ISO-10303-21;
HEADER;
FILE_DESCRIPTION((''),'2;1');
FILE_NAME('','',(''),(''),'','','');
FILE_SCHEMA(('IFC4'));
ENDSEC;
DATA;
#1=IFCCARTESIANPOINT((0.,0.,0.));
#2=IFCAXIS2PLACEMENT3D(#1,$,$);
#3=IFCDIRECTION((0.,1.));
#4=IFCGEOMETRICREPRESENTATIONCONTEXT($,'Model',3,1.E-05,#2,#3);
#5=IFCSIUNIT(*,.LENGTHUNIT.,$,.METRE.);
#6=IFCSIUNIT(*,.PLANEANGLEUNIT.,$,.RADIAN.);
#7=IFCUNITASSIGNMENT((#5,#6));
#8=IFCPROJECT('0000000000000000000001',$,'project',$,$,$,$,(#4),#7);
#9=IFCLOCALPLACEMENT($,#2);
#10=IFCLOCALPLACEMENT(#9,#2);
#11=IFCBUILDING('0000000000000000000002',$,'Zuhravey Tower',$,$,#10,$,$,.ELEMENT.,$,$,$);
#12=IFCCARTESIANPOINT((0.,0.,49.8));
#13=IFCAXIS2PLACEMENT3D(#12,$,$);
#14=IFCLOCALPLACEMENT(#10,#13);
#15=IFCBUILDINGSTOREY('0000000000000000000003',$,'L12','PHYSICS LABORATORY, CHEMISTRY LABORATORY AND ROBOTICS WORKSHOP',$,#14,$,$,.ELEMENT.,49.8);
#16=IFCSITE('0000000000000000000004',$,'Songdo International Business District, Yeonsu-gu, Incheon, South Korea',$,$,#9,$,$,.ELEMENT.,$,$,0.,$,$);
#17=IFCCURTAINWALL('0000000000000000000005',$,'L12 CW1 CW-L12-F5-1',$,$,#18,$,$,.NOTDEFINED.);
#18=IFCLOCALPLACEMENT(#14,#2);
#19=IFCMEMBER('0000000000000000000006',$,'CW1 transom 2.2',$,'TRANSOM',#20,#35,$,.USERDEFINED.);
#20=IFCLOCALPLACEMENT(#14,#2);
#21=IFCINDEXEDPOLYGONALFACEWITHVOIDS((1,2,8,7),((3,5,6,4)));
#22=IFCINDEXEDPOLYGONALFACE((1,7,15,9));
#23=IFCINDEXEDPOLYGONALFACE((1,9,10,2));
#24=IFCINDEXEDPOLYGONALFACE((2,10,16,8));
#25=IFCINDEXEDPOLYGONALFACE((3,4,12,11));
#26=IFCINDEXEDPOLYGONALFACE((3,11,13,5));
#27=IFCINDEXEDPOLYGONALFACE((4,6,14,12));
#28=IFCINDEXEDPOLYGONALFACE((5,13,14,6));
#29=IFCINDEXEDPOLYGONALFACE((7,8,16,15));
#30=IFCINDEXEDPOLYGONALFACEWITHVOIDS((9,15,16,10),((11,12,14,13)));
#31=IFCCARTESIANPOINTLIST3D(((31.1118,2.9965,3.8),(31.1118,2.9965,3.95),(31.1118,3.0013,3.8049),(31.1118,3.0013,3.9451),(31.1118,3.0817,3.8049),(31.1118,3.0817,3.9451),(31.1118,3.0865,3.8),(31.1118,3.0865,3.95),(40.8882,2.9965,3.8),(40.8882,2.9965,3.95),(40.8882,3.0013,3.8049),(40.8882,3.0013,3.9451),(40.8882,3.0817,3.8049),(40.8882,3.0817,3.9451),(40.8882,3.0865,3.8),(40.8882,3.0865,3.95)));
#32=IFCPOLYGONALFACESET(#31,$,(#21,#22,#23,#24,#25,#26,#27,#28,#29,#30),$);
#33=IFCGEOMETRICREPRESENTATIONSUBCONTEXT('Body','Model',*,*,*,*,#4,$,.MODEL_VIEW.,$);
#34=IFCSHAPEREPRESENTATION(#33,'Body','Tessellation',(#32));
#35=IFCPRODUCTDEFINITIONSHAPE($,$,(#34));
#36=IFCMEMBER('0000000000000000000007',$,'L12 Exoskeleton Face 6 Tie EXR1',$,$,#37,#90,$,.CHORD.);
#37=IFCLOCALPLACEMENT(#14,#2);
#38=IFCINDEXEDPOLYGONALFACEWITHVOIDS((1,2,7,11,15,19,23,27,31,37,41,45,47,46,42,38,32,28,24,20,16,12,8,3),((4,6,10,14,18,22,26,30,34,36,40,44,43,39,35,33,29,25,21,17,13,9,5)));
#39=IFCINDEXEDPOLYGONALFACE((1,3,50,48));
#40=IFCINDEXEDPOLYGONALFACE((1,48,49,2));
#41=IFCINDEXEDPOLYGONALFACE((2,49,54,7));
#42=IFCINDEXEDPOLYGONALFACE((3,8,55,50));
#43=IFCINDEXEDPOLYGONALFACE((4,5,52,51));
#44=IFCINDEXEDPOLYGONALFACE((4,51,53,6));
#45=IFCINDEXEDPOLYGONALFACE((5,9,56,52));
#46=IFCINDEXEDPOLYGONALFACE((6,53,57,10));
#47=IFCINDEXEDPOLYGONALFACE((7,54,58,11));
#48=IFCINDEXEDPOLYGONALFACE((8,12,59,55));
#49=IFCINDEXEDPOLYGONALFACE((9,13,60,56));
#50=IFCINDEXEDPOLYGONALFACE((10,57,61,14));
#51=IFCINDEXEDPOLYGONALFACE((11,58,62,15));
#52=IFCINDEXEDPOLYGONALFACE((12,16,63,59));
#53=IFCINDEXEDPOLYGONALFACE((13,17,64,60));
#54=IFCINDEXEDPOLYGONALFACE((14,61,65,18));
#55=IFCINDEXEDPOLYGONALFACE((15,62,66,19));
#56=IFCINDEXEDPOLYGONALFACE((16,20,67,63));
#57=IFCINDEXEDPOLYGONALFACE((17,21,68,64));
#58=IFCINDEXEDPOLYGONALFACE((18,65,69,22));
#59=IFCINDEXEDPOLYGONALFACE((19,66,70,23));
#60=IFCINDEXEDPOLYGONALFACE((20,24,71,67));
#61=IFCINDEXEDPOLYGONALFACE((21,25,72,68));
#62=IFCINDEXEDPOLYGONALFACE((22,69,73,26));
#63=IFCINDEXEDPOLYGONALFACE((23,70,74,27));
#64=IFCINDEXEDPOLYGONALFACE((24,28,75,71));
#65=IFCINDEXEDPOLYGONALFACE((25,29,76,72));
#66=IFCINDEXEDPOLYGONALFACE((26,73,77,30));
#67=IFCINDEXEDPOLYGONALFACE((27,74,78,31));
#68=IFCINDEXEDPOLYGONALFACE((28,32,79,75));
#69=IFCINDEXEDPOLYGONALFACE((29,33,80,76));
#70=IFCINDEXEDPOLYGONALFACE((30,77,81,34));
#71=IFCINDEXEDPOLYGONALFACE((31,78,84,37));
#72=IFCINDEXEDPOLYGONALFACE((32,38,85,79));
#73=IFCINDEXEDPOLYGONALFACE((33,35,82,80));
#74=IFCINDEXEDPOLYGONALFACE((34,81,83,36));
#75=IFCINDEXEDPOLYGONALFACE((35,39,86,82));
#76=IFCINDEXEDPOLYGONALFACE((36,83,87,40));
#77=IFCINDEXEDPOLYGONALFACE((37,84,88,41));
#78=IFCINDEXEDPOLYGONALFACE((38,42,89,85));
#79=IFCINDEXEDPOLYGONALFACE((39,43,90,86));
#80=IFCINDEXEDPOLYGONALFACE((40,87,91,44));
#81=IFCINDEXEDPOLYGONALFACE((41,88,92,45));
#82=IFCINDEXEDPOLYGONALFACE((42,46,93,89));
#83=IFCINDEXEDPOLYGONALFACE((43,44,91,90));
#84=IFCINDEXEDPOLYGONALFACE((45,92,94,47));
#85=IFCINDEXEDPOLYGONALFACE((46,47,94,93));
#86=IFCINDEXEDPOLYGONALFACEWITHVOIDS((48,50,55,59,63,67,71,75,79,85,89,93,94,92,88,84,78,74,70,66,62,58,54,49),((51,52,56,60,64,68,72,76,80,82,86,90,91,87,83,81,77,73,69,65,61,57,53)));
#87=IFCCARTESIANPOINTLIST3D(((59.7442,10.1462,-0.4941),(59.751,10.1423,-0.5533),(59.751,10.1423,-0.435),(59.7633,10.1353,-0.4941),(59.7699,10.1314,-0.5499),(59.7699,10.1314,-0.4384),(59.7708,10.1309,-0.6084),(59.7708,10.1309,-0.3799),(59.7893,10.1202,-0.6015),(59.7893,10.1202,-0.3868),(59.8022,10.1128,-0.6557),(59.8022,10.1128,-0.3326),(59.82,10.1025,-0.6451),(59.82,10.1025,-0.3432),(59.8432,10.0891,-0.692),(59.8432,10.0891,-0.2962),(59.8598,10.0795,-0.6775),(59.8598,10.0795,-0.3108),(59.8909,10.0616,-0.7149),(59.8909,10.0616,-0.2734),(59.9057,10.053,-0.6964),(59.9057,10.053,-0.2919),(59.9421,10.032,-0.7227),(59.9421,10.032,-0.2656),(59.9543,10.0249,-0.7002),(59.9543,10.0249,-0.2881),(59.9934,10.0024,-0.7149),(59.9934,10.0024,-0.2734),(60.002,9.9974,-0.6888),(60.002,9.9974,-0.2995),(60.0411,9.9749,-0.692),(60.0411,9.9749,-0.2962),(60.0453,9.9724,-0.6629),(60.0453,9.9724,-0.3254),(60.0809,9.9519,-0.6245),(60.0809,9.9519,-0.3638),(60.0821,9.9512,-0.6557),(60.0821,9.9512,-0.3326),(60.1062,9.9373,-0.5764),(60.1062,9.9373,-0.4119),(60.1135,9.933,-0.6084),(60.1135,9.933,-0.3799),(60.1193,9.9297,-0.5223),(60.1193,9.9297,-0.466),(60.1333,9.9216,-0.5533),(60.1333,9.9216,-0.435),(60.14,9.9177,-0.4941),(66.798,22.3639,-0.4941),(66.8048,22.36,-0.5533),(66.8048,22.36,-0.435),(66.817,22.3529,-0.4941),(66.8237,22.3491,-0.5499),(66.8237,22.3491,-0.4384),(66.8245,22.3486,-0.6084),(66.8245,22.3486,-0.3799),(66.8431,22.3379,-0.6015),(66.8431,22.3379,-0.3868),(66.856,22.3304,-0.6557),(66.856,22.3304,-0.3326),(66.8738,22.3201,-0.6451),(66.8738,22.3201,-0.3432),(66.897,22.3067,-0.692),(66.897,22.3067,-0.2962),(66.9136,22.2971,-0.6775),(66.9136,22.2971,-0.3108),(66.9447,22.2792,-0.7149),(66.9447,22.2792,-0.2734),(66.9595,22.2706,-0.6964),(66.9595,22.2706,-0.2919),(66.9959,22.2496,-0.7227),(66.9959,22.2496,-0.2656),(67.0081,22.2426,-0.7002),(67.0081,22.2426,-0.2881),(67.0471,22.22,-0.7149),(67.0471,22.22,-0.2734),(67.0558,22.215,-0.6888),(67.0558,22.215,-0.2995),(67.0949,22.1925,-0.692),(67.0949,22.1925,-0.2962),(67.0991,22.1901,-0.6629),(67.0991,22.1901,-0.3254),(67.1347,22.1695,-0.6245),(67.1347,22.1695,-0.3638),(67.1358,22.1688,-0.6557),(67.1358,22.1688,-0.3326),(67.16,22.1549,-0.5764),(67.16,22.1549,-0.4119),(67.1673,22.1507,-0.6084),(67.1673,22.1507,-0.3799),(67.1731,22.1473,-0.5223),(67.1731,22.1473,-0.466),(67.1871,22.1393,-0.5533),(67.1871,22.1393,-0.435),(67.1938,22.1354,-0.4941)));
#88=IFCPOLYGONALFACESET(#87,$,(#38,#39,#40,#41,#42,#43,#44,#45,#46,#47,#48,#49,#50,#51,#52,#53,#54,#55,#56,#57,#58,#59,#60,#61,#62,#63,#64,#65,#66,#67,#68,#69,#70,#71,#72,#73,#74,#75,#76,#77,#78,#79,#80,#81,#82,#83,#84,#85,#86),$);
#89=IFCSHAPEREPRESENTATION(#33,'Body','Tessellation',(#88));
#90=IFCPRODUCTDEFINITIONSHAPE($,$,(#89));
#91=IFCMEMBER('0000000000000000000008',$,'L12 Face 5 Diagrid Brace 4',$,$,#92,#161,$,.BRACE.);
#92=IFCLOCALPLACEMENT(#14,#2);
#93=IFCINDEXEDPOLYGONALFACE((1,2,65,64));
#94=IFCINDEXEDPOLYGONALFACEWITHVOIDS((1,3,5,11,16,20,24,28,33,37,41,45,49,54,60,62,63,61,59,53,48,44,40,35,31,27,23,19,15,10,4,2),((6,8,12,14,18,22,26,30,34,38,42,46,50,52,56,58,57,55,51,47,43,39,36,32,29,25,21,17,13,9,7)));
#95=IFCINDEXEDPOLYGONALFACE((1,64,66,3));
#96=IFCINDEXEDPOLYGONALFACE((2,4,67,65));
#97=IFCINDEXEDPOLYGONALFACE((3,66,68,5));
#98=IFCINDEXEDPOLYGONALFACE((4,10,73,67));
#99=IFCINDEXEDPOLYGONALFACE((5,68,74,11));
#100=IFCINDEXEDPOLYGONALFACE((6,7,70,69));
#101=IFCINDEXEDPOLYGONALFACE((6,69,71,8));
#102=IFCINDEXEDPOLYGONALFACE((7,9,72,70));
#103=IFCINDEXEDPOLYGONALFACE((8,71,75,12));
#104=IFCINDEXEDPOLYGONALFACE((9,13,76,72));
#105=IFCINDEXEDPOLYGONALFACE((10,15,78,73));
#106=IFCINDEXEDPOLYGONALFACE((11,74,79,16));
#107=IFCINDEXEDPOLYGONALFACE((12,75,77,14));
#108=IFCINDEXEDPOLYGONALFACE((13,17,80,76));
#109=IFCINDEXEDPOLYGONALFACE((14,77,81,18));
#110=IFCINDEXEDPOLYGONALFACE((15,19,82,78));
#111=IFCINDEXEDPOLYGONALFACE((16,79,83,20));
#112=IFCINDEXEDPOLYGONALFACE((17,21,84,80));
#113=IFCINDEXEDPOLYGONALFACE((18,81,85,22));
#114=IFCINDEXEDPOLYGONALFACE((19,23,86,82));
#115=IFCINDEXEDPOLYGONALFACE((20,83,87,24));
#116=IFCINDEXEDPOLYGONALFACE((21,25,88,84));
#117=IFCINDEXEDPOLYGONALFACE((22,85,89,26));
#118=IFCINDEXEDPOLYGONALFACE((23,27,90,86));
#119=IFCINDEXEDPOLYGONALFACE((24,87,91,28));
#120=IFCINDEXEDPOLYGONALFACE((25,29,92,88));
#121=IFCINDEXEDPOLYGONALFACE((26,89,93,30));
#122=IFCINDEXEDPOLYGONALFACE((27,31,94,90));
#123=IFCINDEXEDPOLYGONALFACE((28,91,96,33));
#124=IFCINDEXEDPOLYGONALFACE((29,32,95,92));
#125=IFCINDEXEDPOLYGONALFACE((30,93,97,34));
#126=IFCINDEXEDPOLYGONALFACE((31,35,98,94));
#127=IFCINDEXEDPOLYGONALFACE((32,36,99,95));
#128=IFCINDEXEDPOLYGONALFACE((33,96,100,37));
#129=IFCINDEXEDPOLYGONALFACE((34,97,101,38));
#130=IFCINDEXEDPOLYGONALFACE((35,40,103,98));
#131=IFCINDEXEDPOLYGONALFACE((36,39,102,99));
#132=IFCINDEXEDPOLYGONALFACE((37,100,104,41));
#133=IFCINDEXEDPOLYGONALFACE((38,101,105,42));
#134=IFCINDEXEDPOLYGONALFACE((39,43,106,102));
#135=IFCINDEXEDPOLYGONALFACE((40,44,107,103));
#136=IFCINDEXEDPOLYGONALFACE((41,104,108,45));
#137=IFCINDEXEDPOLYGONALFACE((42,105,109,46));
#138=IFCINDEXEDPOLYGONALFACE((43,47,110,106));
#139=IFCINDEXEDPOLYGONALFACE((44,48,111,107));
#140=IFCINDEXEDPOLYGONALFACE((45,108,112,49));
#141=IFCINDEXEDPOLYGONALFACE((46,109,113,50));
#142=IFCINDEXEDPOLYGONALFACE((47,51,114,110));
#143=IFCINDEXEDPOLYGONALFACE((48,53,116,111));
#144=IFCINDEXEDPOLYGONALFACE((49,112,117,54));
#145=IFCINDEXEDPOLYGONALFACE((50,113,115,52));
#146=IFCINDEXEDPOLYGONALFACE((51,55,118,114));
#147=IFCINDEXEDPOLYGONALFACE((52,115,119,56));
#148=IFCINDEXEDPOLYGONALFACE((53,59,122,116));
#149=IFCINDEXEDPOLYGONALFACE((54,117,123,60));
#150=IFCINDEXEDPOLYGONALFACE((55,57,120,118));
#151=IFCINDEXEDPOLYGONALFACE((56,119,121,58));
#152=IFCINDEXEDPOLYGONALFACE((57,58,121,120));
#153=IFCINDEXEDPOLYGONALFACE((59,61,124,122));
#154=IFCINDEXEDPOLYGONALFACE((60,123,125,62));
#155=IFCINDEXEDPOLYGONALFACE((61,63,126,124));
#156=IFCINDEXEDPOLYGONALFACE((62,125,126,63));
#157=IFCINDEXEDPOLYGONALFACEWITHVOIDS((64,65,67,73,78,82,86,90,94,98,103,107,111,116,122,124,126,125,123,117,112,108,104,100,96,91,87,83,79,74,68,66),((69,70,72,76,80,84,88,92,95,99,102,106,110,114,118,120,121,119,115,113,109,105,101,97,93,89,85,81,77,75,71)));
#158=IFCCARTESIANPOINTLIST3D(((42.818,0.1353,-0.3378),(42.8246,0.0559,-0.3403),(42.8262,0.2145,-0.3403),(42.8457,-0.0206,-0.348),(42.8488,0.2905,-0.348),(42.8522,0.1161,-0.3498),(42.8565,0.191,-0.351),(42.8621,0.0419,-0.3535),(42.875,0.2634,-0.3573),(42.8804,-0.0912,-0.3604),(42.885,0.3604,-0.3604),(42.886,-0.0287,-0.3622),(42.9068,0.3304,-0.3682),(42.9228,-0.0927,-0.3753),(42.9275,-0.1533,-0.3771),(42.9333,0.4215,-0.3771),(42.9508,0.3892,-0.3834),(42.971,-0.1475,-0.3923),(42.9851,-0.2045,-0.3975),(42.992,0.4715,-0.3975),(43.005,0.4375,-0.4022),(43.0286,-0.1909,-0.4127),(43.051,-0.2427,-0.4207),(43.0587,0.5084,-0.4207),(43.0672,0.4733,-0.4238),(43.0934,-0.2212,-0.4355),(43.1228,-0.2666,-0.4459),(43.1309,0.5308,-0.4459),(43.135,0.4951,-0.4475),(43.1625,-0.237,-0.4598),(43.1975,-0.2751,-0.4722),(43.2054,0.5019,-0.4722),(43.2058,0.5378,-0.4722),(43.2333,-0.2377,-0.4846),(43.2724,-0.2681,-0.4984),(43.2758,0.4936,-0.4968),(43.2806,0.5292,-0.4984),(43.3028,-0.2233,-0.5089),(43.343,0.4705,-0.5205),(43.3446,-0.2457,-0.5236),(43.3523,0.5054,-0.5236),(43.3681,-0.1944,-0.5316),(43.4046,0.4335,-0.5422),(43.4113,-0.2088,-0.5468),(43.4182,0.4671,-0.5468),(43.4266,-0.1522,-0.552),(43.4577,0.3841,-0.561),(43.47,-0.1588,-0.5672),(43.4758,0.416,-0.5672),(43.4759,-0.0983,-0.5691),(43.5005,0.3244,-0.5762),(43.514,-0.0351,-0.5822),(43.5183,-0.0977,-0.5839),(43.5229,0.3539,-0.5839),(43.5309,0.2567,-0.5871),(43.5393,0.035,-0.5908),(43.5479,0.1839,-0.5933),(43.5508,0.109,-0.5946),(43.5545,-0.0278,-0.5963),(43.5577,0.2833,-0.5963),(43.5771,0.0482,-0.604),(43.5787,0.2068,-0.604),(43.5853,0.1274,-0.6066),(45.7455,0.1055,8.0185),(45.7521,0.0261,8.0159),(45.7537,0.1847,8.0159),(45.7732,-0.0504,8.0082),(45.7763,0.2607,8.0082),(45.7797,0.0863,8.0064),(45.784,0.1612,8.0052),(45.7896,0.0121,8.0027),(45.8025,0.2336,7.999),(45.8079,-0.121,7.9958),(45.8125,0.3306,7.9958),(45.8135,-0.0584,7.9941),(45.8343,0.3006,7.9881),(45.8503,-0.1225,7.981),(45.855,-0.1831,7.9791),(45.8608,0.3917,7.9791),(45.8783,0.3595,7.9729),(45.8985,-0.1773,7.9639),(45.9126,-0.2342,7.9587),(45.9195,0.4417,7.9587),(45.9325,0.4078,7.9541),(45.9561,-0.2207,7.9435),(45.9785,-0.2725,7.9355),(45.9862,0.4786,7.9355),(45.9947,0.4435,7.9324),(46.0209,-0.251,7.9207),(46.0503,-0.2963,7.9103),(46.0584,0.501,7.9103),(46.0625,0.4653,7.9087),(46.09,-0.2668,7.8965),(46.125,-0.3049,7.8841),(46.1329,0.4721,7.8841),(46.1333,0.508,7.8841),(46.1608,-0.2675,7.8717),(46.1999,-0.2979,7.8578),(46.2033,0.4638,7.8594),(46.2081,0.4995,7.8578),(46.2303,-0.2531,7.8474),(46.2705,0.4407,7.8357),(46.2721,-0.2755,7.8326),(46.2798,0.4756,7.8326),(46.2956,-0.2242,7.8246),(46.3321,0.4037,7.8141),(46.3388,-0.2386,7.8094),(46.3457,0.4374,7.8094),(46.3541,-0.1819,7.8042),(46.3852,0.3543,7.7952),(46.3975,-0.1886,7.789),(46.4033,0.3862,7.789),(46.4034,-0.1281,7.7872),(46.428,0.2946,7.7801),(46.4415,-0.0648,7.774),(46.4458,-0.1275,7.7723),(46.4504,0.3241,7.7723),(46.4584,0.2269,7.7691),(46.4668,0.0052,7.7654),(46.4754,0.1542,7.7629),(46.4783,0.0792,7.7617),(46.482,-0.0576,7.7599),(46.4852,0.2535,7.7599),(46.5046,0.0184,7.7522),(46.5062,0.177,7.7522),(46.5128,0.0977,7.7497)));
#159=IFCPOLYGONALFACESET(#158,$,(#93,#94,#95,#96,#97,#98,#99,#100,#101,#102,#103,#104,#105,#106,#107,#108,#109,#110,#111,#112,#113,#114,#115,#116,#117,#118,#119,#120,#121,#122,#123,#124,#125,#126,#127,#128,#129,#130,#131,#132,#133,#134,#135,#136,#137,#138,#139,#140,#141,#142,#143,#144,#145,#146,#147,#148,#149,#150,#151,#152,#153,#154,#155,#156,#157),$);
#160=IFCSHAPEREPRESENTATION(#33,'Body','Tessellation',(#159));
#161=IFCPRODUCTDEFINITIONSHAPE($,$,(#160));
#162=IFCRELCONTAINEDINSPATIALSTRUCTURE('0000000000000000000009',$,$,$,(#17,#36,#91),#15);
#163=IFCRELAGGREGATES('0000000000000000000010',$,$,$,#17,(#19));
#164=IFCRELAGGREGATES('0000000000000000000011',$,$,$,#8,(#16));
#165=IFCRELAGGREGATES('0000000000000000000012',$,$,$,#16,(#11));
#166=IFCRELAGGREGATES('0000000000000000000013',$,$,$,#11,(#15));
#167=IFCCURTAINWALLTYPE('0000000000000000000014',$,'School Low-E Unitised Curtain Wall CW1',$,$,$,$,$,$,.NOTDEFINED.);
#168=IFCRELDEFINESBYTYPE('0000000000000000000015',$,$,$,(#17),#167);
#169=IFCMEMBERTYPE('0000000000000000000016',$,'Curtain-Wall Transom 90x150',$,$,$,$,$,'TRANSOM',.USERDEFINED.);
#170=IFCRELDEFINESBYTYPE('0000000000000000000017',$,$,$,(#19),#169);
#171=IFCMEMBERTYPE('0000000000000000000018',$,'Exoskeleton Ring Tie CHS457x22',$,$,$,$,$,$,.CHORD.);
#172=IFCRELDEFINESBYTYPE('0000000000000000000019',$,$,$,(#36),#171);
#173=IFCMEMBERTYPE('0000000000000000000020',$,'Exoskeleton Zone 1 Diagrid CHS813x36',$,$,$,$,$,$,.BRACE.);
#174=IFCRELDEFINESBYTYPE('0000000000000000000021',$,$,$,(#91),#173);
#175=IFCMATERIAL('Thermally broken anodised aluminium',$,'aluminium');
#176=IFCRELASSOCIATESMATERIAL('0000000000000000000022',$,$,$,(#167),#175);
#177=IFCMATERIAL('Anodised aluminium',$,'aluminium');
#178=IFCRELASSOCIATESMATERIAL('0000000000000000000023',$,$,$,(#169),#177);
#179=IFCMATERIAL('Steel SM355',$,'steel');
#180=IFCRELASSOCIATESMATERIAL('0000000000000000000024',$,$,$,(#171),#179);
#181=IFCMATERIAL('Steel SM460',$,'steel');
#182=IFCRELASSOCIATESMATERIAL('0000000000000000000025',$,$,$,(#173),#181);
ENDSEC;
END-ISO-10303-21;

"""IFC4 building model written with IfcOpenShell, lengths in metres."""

from ifc_helpers import new_model, si_unit, direction, frame, origin, origin_2d, place, context, subcontext, project, spatial, hollow_rectangle, hollow_circle, extrude, material, material_profile, profile_set, type_object, element, aggregate, save


model = new_model("IFC4")

# Units and contexts
model_context = context("Model", 3, precision=1e-05, world=origin(), true_north=direction((0.0, 1.0)))
body_context = subcontext(model_context, "Body", "Model", "MODEL_VIEW")
ifc_project = project(units=[si_unit("LENGTHUNIT", "METRE"), si_unit("PLANEANGLEUNIT", "RADIAN")], contexts=[model_context])

# Site, building, storey
site_placement = place(None, origin())
site = spatial("IfcSite", under=ifc_project, at=site_placement, Name="Songdo International Business District, Yeonsu-gu, Incheon, South Korea", CompositionType="ELEMENT", RefElevation=0.0)
building_placement = place(site_placement, origin())
building = spatial("IfcBuilding", under=site, at=building_placement, Name="Zuhravey Tower", CompositionType="ELEMENT")
storey_placement = place(building_placement, frame((0.0, 0.0, 49.8)))
storey = spatial("IfcBuildingStorey", under=building, at=storey_placement, Name="L12", Description="PHYSICS LABORATORY, CHEMISTRY LABORATORY AND ROBOTICS WORKSHOP", CompositionType="ELEMENT", Elevation=49.8)

# Curtain wall
ifc_material_1 = material(Name="Thermally broken anodised aluminium", Category="aluminium")
curtain_wall_type = type_object("IfcCurtainWallType", Name="School Low-E Unitised Curtain Wall CW1", PredefinedType="NOTDEFINED", material=ifc_material_1)
ifc_material_2 = material(Name="Anodised aluminium", Category="aluminium")
curtain_wall_1_placement = place(storey_placement, origin())
curtain_wall_1 = element("IfcCurtainWall", 1, at=curtain_wall_1_placement, inside=storey, type_object=curtain_wall_type, Name="L12 CW1 CW-L12-F5-1", PredefinedType="NOTDEFINED")

# Member
ifc_material_profile_1 = material_profile(ifc_material_2, hollow_rectangle(XDim=0.0901, YDim=0.1499, WallThickness=0.0049, at=origin_2d()), Name="ALU-RHS-90x150x5")
ifc_profile_set_1 = profile_set([ifc_material_profile_1], Name="Anodised aluminium")
member_type_1 = type_object("IfcMemberType", Name="Curtain-Wall Transom 90x150", ElementType="TRANSOM", PredefinedType="USERDEFINED", material=ifc_profile_set_1)
member_1_placement = place(storey_placement, frame((40.8882, 3.0415, 3.875), z_axis=(-1.0, 0.0, 0.0), x_axis=(0.0, -1.0, 0.0)))
member_1 = element("IfcMember", 2, at=member_1_placement, type_object=member_type_1, Name="CW1 transom 2.2", ObjectType="TRANSOM", PredefinedType="USERDEFINED", context=body_context, shape_type="SweptSolid", body=[
    extrude(hollow_rectangle(XDim=0.0901, YDim=0.1499, WallThickness=0.0049, at=origin_2d()), origin(), (0.0, 0.0, 1.0), 9.7764),
])

# Members
ifc_material_3 = material(Name="Steel SM355", Category="steel")
ifc_material_profile_2 = material_profile(ifc_material_3, hollow_circle(Radius=0.2285, WallThickness=0.022, at=origin_2d()), Name="CHS-457.2x22")
ifc_profile_set_2 = profile_set([ifc_material_profile_2], Name="Steel SM355")
member_type_2 = type_object("IfcMemberType", Name="Exoskeleton Ring Tie CHS457x22", PredefinedType="CHORD", material=ifc_profile_set_2)
member_2_placement = place(storey_placement, frame((59.9421, 10.032, -0.4941), z_axis=(0.499996, 0.866028, 0.0), x_axis=(-0.866028, 0.499996, 0.0)))
element("IfcMember", 3, at=member_2_placement, inside=storey, type_object=member_type_2, Name="L12 Exoskeleton Face 6 Tie EXR1", PredefinedType="CHORD", context=body_context, shape_type="SweptSolid", body=[
    extrude(hollow_circle(Radius=0.2285, WallThickness=0.022, at=origin_2d()), origin(), (0.0, 0.0, 1.0), 14.1077),
])
ifc_material_4 = material(Name="Steel SM460", Category="steel")
ifc_material_profile_3 = material_profile(ifc_material_4, hollow_circle(Radius=0.4065, WallThickness=0.0359, at=origin_2d()), Name="CHS-812.8x36")
ifc_profile_set_3 = profile_set([ifc_material_profile_3], Name="Steel SM460")
member_type_3 = type_object("IfcMemberType", Name="Exoskeleton Zone 1 Diagrid CHS813x36", PredefinedType="BRACE", material=ifc_profile_set_3)
member_3_placement = place(storey_placement, frame((43.2017, 0.1313, -0.4722), z_axis=(0.330632, -0.003364, 0.943754), x_axis=(0.010174, 0.999948, 0.0)))
element("IfcMember", 4, at=member_3_placement, inside=storey, type_object=member_type_3, Name="L12 Face 5 Diagrid Brace 4", PredefinedType="BRACE", context=body_context, shape_type="SweptSolid", body=[
    extrude(hollow_circle(Radius=0.4065, WallThickness=0.0359, at=origin_2d()), origin(), (0.0, 0.0, 1.0), 8.8542),
])

aggregate(curtain_wall_1, [member_1])

save(model, "model.ifc")
